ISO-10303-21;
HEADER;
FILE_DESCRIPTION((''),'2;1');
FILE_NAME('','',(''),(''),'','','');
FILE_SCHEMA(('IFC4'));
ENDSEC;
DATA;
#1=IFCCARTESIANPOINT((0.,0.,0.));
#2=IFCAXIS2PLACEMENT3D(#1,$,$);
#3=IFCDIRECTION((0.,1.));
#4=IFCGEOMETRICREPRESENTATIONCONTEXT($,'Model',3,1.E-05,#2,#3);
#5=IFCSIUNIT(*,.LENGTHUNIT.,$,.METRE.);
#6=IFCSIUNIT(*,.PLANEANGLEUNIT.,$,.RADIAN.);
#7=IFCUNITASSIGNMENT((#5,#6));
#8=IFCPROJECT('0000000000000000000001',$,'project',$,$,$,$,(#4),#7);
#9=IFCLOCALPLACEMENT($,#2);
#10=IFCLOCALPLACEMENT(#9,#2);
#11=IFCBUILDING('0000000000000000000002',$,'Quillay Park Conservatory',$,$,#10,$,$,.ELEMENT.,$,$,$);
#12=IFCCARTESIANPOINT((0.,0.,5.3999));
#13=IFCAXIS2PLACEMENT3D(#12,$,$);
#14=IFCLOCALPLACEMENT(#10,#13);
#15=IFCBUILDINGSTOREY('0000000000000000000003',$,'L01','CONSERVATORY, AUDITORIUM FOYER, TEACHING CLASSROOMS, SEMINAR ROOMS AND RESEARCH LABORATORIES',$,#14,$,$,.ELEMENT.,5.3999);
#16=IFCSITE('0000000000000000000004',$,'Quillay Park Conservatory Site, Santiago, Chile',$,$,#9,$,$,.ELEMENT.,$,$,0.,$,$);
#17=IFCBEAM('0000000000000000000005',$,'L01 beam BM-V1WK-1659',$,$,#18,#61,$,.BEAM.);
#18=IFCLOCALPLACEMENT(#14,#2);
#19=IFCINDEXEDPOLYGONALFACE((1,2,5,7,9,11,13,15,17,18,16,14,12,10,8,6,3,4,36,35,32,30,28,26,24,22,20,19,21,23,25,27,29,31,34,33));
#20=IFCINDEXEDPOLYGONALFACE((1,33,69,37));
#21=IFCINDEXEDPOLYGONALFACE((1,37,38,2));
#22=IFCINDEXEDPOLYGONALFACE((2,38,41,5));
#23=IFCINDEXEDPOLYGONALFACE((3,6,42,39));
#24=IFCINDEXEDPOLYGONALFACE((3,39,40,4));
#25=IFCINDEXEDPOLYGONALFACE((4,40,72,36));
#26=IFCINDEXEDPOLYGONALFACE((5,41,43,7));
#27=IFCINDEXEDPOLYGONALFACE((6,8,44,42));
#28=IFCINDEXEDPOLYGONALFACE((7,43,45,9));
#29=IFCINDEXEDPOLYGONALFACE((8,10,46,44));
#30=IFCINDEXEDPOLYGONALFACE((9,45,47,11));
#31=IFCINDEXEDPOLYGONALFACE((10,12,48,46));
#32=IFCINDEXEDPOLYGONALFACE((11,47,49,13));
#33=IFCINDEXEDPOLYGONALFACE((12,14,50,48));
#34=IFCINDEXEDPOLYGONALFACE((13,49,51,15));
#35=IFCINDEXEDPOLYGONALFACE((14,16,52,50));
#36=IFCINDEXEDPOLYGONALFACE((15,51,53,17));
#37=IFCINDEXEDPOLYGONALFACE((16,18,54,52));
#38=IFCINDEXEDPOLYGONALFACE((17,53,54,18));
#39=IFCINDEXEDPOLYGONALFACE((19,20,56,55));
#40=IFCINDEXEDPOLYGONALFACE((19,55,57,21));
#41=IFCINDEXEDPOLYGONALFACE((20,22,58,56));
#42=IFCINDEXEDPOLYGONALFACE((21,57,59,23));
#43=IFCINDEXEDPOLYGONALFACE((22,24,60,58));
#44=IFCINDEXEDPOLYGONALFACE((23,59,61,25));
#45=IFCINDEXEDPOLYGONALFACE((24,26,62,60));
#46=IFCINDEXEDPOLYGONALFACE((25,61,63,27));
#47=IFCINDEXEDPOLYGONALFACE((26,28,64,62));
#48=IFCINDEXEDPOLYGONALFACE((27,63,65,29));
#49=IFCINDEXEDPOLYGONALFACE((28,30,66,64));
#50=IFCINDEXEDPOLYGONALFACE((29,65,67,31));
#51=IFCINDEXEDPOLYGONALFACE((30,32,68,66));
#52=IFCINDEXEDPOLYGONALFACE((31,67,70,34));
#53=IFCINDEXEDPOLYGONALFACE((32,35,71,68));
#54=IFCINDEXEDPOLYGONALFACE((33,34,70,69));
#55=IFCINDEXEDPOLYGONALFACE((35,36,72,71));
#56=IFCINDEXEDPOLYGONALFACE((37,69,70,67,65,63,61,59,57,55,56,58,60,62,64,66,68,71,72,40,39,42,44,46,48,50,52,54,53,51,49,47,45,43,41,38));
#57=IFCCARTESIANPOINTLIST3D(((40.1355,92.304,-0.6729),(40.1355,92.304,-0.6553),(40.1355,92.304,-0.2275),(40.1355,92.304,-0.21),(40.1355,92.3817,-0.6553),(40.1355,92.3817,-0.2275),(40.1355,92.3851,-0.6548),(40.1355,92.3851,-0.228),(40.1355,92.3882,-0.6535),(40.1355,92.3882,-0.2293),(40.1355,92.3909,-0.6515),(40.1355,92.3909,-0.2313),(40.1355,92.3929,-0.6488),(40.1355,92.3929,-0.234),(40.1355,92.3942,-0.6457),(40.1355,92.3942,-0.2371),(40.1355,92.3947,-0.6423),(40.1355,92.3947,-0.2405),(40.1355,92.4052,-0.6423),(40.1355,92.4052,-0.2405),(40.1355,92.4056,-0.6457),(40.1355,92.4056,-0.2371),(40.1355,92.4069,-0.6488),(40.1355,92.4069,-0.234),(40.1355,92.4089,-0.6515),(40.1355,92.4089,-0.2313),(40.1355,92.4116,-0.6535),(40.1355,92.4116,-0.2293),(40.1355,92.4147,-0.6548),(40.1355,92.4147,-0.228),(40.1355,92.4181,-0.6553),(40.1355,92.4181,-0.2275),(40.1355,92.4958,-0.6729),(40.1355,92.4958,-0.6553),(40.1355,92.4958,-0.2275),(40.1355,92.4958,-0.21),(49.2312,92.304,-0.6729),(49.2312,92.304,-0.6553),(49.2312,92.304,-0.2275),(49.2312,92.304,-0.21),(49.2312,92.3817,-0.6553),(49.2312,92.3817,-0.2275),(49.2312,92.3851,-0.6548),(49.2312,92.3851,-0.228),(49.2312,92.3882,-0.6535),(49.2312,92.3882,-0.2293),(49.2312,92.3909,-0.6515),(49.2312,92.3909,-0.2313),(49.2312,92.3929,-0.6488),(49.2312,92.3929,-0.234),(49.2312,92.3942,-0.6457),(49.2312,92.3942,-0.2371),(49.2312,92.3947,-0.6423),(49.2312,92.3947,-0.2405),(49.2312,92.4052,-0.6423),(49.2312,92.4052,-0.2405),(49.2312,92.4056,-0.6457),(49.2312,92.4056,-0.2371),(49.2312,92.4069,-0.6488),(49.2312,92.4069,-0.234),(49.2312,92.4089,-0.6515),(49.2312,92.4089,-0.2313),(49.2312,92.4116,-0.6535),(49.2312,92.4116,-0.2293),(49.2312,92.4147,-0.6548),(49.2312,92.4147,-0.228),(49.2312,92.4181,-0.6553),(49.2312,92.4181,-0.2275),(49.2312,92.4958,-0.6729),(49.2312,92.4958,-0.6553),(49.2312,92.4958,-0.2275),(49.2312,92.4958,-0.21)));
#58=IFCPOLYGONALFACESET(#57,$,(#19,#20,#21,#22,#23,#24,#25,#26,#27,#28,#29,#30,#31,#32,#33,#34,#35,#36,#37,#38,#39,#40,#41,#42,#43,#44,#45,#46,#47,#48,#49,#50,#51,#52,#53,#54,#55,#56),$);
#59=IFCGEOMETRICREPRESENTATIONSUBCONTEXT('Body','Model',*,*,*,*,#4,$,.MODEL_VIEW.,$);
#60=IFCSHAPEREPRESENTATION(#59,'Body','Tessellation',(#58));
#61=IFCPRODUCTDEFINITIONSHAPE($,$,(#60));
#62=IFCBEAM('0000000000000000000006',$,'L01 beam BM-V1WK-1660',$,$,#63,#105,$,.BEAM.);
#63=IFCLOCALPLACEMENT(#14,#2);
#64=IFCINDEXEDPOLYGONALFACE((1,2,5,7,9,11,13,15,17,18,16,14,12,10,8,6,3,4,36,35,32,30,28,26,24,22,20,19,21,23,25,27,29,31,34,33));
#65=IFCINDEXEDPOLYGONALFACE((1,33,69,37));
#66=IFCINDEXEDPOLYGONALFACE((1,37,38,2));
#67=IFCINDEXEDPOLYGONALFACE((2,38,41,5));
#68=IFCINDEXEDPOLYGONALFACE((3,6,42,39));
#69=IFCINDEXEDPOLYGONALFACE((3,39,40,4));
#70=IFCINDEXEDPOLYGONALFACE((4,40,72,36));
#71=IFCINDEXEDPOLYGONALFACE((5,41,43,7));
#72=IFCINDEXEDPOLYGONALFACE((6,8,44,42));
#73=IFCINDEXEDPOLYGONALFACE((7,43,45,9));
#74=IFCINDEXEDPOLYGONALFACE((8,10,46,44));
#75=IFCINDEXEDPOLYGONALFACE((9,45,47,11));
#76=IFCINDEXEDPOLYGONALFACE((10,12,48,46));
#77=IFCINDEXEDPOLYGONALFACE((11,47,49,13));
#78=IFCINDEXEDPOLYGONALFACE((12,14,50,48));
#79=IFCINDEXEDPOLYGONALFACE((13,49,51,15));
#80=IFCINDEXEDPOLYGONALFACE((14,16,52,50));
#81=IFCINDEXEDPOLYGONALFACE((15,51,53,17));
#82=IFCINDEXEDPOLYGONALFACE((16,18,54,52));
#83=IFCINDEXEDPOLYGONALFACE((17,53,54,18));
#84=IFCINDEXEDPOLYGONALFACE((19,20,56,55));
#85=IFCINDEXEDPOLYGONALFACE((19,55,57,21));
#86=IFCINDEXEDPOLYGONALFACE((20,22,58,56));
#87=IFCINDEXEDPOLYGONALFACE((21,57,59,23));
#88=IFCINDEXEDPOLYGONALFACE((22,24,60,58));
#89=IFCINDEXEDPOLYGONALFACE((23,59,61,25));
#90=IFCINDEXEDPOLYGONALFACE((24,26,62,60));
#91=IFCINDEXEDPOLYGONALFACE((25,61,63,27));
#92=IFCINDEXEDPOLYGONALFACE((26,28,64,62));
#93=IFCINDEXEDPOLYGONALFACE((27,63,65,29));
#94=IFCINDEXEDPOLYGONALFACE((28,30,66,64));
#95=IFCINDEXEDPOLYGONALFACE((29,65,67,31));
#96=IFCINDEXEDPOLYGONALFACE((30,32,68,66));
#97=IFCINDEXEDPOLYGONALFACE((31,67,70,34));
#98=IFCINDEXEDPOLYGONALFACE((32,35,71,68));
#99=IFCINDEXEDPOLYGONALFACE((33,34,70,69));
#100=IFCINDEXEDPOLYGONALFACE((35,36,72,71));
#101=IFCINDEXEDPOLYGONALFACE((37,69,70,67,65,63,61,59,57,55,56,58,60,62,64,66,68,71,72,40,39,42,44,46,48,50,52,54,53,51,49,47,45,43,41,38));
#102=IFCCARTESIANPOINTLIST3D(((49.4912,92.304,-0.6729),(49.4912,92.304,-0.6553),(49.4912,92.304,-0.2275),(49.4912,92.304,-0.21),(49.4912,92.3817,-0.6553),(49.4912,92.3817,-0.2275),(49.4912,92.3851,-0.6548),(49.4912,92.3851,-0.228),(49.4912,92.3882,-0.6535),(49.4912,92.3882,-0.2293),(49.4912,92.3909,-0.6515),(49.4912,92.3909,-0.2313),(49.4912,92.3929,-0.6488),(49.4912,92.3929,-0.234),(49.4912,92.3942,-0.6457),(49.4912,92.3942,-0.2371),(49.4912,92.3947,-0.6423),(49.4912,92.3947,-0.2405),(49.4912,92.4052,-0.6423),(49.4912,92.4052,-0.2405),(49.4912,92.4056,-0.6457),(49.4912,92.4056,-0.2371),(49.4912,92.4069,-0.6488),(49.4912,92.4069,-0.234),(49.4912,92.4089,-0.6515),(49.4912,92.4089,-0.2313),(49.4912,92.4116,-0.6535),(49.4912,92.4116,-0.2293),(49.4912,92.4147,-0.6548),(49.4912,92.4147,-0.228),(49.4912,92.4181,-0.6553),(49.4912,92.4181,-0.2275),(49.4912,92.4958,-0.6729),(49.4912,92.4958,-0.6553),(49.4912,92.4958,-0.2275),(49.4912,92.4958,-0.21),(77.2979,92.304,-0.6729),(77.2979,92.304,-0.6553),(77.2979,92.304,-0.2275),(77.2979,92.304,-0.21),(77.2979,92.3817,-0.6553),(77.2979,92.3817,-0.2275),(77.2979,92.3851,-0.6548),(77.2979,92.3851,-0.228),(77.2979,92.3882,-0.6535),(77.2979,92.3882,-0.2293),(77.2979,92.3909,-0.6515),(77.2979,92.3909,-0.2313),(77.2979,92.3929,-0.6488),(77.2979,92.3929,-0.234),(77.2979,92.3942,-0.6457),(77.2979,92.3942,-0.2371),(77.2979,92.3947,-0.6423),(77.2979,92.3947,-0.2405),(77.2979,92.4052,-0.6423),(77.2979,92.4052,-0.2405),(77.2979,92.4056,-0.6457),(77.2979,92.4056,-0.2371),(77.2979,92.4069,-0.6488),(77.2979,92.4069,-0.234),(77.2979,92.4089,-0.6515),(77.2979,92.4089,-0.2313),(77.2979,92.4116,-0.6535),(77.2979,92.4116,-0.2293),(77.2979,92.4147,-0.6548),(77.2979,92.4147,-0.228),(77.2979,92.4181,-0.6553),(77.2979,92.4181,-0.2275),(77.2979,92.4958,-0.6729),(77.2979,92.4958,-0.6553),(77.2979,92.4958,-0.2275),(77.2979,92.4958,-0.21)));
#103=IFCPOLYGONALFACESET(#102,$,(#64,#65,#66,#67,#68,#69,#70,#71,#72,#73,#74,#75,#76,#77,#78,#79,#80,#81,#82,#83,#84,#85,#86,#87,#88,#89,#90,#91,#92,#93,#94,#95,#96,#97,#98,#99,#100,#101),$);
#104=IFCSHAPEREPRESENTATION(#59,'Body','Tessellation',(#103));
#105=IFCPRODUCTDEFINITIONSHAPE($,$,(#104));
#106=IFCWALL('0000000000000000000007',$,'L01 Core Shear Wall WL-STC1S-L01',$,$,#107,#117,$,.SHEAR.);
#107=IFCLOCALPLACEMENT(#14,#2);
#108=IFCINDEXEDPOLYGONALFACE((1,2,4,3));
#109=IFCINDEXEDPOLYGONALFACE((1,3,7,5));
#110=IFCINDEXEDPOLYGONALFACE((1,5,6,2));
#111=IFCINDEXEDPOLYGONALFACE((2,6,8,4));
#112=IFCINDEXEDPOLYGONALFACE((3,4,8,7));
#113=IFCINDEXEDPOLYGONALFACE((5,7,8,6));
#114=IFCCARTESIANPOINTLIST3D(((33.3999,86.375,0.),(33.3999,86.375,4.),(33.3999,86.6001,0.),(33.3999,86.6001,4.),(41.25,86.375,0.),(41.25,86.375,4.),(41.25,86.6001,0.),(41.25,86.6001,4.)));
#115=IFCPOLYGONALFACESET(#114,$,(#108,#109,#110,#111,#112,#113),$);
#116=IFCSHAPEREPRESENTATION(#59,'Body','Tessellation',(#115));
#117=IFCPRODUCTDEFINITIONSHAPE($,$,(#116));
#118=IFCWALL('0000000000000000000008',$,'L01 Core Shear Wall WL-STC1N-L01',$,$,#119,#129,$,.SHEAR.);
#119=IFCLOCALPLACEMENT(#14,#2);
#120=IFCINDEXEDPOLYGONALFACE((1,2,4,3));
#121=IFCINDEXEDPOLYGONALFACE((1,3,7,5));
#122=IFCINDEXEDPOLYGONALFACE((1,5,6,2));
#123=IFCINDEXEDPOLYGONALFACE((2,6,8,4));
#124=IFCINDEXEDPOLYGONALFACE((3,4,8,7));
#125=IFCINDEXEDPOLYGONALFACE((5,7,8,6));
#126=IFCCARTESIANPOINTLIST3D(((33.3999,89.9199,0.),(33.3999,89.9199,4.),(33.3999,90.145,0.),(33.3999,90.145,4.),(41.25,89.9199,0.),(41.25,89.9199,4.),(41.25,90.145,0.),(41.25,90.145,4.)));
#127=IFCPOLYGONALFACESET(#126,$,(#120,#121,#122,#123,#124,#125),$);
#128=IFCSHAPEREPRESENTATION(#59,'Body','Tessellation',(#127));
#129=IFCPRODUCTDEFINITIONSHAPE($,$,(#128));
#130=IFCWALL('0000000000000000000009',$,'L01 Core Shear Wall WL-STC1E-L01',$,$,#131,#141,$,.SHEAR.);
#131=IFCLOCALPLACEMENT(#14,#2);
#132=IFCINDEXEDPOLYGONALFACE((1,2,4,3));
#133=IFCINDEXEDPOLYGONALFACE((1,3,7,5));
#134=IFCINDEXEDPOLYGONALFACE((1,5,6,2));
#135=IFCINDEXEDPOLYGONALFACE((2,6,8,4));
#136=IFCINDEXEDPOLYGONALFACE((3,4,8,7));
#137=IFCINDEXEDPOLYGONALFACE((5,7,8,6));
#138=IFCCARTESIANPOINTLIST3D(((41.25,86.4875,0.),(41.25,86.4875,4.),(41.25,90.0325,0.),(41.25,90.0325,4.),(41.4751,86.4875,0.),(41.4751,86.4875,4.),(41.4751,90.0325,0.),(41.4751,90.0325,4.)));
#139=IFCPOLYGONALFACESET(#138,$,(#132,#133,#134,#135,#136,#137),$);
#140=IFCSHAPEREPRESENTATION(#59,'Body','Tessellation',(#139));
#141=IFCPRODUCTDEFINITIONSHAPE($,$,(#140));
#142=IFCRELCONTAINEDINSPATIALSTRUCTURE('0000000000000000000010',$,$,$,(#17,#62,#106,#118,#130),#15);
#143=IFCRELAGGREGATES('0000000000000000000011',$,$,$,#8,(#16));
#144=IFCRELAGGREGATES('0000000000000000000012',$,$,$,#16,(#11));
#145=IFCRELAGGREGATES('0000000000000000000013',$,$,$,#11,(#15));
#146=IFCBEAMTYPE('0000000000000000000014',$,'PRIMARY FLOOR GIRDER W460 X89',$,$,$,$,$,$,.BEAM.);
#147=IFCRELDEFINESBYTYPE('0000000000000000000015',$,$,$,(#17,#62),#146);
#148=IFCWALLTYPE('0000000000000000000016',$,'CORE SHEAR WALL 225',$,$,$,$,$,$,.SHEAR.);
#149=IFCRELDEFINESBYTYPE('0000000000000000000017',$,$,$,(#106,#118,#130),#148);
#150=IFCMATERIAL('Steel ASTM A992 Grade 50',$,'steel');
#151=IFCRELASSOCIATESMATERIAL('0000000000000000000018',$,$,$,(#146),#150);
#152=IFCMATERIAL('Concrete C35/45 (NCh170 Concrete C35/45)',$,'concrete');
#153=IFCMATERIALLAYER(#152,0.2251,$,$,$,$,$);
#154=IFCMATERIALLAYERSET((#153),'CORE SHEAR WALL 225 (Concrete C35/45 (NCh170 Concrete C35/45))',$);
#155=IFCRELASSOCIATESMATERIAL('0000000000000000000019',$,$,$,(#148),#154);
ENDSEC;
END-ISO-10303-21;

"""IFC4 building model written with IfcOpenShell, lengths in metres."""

from ifc_helpers import new_model, si_unit, direction, frame, frame_2d, origin, origin_2d, place, context, subcontext, project, spatial, rectangle, i_section, extrude, material, layer, layer_set, material_profile, profile_set, type_object, element, save


model = new_model("IFC4")

# Units and contexts
model_context = context("Model", 3, precision=1e-05, world=origin(), true_north=direction((0.0, 1.0)))
body_context = subcontext(model_context, "Body", "Model", "MODEL_VIEW")
ifc_project = project(units=[si_unit("LENGTHUNIT", "METRE"), si_unit("PLANEANGLEUNIT", "RADIAN")], contexts=[model_context])

# Site, building, storey
site_placement = place(None, origin())
site = spatial("IfcSite", under=ifc_project, at=site_placement, Name="Quillay Park Conservatory Site, Santiago, Chile", CompositionType="ELEMENT", RefElevation=0.0)
building_placement = place(site_placement, origin())
building = spatial("IfcBuilding", under=site, at=building_placement, Name="Quillay Park Conservatory", CompositionType="ELEMENT")
storey_placement = place(building_placement, frame((0.0, 0.0, 5.3999)))
storey = spatial("IfcBuildingStorey", under=building, at=storey_placement, Name="L01", Description="CONSERVATORY, AUDITORIUM FOYER, TEACHING CLASSROOMS, SEMINAR ROOMS AND RESEARCH LABORATORIES", CompositionType="ELEMENT", Elevation=5.3999)

# Beams
ifc_material_1 = material(Name="Steel ASTM A992 Grade 50", Category="steel")
ifc_material_profile_1 = material_profile(ifc_material_1, i_section(OverallWidth=0.1919, OverallDepth=0.4629, WebThickness=0.0105, FlangeThickness=0.0176, FilletRadius=0.0129, at=origin_2d()), Name="W460x89")
ifc_profile_set_1 = profile_set([ifc_material_profile_1], Name="Steel ASTM A992 Grade 50")
beam_type_1 = type_object("IfcBeamType", Name="PRIMARY FLOOR GIRDER W460 X89", PredefinedType="BEAM", material=ifc_profile_set_1)
beam_1_placement = place(storey_placement, frame((40.1355, 92.3999, -0.4414), z_axis=(1.0, 0.0, 0.0), x_axis=(0.0, 1.0, 0.0)))
element("IfcBeam", 1, at=beam_1_placement, inside=storey, type_object=beam_type_1, Name="L01 beam BM-V1WK-1659", PredefinedType="BEAM", context=body_context, shape_type="SweptSolid", body=[
    extrude(i_section(OverallWidth=0.1919, OverallDepth=0.4629, WebThickness=0.0105, FlangeThickness=0.0176, FilletRadius=0.0129, at=origin_2d()), origin(), (0.0, 0.0, 1.0), 9.0957),
])
beam_2_placement = place(storey_placement, frame((49.4912, 92.3999, -0.4414), z_axis=(1.0, 0.0, 0.0), x_axis=(0.0, 1.0, 0.0)))
element("IfcBeam", 2, at=beam_2_placement, inside=storey, type_object=beam_type_1, Name="L01 beam BM-V1WK-1660", PredefinedType="BEAM", context=body_context, shape_type="SweptSolid", body=[
    extrude(i_section(OverallWidth=0.1919, OverallDepth=0.4629, WebThickness=0.0105, FlangeThickness=0.0176, FilletRadius=0.0129, at=origin_2d()), origin(), (0.0, 0.0, 1.0), 27.8066),
])

# Walls
ifc_material_2 = material(Name="Concrete C35/45 (NCh170 Concrete C35/45)", Category="concrete")
ifc_layer_1 = layer(ifc_material_2, 0.2251)
ifc_layer_set_1 = layer_set([ifc_layer_1], Name="CORE SHEAR WALL 225 (Concrete C35/45 (NCh170 Concrete C35/45))")
wall_type_1 = type_object("IfcWallType", Name="CORE SHEAR WALL 225", PredefinedType="SHEAR", material=ifc_layer_set_1)
for number, where, z_axis, x_axis, name in (
    (3, (33.3999, 86.4875, 0.0), (0.0, 0.0, 1.0), (1.0, 0.0, 0.0), "L01 Core Shear Wall WL-STC1S-L01"),
    (4, (33.3999, 90.0325, 0.0), (0.0, 0.0, 1.0), (1.0, 0.0, 0.0), "L01 Core Shear Wall WL-STC1N-L01"),
):
    element("IfcWall", number, at=place(storey_placement, frame(where, z_axis=z_axis, x_axis=x_axis)), inside=storey, type_object=wall_type_1, Name=name, PredefinedType="SHEAR", context=body_context, shape_type="SweptSolid", body=[
        extrude(rectangle(XDim=7.8501, YDim=0.2251, at=frame_2d((3.925, 0.0))), origin(), (0.0, 0.0, 1.0), 4.0),
    ])
wall_1_placement = place(storey_placement, frame((41.3625, 86.4875, 0.0), z_axis=(0.0, 0.0, 1.0), x_axis=(0.0, 1.0, 0.0)))
element("IfcWall", 5, at=wall_1_placement, inside=storey, type_object=wall_type_1, Name="L01 Core Shear Wall WL-STC1E-L01", PredefinedType="SHEAR", context=body_context, shape_type="SweptSolid", body=[
    extrude(rectangle(XDim=3.5449, YDim=0.2251, at=frame_2d((1.7725, 0.0))), origin(), (0.0, 0.0, 1.0), 4.0),
])

save(model, "model.ifc")
